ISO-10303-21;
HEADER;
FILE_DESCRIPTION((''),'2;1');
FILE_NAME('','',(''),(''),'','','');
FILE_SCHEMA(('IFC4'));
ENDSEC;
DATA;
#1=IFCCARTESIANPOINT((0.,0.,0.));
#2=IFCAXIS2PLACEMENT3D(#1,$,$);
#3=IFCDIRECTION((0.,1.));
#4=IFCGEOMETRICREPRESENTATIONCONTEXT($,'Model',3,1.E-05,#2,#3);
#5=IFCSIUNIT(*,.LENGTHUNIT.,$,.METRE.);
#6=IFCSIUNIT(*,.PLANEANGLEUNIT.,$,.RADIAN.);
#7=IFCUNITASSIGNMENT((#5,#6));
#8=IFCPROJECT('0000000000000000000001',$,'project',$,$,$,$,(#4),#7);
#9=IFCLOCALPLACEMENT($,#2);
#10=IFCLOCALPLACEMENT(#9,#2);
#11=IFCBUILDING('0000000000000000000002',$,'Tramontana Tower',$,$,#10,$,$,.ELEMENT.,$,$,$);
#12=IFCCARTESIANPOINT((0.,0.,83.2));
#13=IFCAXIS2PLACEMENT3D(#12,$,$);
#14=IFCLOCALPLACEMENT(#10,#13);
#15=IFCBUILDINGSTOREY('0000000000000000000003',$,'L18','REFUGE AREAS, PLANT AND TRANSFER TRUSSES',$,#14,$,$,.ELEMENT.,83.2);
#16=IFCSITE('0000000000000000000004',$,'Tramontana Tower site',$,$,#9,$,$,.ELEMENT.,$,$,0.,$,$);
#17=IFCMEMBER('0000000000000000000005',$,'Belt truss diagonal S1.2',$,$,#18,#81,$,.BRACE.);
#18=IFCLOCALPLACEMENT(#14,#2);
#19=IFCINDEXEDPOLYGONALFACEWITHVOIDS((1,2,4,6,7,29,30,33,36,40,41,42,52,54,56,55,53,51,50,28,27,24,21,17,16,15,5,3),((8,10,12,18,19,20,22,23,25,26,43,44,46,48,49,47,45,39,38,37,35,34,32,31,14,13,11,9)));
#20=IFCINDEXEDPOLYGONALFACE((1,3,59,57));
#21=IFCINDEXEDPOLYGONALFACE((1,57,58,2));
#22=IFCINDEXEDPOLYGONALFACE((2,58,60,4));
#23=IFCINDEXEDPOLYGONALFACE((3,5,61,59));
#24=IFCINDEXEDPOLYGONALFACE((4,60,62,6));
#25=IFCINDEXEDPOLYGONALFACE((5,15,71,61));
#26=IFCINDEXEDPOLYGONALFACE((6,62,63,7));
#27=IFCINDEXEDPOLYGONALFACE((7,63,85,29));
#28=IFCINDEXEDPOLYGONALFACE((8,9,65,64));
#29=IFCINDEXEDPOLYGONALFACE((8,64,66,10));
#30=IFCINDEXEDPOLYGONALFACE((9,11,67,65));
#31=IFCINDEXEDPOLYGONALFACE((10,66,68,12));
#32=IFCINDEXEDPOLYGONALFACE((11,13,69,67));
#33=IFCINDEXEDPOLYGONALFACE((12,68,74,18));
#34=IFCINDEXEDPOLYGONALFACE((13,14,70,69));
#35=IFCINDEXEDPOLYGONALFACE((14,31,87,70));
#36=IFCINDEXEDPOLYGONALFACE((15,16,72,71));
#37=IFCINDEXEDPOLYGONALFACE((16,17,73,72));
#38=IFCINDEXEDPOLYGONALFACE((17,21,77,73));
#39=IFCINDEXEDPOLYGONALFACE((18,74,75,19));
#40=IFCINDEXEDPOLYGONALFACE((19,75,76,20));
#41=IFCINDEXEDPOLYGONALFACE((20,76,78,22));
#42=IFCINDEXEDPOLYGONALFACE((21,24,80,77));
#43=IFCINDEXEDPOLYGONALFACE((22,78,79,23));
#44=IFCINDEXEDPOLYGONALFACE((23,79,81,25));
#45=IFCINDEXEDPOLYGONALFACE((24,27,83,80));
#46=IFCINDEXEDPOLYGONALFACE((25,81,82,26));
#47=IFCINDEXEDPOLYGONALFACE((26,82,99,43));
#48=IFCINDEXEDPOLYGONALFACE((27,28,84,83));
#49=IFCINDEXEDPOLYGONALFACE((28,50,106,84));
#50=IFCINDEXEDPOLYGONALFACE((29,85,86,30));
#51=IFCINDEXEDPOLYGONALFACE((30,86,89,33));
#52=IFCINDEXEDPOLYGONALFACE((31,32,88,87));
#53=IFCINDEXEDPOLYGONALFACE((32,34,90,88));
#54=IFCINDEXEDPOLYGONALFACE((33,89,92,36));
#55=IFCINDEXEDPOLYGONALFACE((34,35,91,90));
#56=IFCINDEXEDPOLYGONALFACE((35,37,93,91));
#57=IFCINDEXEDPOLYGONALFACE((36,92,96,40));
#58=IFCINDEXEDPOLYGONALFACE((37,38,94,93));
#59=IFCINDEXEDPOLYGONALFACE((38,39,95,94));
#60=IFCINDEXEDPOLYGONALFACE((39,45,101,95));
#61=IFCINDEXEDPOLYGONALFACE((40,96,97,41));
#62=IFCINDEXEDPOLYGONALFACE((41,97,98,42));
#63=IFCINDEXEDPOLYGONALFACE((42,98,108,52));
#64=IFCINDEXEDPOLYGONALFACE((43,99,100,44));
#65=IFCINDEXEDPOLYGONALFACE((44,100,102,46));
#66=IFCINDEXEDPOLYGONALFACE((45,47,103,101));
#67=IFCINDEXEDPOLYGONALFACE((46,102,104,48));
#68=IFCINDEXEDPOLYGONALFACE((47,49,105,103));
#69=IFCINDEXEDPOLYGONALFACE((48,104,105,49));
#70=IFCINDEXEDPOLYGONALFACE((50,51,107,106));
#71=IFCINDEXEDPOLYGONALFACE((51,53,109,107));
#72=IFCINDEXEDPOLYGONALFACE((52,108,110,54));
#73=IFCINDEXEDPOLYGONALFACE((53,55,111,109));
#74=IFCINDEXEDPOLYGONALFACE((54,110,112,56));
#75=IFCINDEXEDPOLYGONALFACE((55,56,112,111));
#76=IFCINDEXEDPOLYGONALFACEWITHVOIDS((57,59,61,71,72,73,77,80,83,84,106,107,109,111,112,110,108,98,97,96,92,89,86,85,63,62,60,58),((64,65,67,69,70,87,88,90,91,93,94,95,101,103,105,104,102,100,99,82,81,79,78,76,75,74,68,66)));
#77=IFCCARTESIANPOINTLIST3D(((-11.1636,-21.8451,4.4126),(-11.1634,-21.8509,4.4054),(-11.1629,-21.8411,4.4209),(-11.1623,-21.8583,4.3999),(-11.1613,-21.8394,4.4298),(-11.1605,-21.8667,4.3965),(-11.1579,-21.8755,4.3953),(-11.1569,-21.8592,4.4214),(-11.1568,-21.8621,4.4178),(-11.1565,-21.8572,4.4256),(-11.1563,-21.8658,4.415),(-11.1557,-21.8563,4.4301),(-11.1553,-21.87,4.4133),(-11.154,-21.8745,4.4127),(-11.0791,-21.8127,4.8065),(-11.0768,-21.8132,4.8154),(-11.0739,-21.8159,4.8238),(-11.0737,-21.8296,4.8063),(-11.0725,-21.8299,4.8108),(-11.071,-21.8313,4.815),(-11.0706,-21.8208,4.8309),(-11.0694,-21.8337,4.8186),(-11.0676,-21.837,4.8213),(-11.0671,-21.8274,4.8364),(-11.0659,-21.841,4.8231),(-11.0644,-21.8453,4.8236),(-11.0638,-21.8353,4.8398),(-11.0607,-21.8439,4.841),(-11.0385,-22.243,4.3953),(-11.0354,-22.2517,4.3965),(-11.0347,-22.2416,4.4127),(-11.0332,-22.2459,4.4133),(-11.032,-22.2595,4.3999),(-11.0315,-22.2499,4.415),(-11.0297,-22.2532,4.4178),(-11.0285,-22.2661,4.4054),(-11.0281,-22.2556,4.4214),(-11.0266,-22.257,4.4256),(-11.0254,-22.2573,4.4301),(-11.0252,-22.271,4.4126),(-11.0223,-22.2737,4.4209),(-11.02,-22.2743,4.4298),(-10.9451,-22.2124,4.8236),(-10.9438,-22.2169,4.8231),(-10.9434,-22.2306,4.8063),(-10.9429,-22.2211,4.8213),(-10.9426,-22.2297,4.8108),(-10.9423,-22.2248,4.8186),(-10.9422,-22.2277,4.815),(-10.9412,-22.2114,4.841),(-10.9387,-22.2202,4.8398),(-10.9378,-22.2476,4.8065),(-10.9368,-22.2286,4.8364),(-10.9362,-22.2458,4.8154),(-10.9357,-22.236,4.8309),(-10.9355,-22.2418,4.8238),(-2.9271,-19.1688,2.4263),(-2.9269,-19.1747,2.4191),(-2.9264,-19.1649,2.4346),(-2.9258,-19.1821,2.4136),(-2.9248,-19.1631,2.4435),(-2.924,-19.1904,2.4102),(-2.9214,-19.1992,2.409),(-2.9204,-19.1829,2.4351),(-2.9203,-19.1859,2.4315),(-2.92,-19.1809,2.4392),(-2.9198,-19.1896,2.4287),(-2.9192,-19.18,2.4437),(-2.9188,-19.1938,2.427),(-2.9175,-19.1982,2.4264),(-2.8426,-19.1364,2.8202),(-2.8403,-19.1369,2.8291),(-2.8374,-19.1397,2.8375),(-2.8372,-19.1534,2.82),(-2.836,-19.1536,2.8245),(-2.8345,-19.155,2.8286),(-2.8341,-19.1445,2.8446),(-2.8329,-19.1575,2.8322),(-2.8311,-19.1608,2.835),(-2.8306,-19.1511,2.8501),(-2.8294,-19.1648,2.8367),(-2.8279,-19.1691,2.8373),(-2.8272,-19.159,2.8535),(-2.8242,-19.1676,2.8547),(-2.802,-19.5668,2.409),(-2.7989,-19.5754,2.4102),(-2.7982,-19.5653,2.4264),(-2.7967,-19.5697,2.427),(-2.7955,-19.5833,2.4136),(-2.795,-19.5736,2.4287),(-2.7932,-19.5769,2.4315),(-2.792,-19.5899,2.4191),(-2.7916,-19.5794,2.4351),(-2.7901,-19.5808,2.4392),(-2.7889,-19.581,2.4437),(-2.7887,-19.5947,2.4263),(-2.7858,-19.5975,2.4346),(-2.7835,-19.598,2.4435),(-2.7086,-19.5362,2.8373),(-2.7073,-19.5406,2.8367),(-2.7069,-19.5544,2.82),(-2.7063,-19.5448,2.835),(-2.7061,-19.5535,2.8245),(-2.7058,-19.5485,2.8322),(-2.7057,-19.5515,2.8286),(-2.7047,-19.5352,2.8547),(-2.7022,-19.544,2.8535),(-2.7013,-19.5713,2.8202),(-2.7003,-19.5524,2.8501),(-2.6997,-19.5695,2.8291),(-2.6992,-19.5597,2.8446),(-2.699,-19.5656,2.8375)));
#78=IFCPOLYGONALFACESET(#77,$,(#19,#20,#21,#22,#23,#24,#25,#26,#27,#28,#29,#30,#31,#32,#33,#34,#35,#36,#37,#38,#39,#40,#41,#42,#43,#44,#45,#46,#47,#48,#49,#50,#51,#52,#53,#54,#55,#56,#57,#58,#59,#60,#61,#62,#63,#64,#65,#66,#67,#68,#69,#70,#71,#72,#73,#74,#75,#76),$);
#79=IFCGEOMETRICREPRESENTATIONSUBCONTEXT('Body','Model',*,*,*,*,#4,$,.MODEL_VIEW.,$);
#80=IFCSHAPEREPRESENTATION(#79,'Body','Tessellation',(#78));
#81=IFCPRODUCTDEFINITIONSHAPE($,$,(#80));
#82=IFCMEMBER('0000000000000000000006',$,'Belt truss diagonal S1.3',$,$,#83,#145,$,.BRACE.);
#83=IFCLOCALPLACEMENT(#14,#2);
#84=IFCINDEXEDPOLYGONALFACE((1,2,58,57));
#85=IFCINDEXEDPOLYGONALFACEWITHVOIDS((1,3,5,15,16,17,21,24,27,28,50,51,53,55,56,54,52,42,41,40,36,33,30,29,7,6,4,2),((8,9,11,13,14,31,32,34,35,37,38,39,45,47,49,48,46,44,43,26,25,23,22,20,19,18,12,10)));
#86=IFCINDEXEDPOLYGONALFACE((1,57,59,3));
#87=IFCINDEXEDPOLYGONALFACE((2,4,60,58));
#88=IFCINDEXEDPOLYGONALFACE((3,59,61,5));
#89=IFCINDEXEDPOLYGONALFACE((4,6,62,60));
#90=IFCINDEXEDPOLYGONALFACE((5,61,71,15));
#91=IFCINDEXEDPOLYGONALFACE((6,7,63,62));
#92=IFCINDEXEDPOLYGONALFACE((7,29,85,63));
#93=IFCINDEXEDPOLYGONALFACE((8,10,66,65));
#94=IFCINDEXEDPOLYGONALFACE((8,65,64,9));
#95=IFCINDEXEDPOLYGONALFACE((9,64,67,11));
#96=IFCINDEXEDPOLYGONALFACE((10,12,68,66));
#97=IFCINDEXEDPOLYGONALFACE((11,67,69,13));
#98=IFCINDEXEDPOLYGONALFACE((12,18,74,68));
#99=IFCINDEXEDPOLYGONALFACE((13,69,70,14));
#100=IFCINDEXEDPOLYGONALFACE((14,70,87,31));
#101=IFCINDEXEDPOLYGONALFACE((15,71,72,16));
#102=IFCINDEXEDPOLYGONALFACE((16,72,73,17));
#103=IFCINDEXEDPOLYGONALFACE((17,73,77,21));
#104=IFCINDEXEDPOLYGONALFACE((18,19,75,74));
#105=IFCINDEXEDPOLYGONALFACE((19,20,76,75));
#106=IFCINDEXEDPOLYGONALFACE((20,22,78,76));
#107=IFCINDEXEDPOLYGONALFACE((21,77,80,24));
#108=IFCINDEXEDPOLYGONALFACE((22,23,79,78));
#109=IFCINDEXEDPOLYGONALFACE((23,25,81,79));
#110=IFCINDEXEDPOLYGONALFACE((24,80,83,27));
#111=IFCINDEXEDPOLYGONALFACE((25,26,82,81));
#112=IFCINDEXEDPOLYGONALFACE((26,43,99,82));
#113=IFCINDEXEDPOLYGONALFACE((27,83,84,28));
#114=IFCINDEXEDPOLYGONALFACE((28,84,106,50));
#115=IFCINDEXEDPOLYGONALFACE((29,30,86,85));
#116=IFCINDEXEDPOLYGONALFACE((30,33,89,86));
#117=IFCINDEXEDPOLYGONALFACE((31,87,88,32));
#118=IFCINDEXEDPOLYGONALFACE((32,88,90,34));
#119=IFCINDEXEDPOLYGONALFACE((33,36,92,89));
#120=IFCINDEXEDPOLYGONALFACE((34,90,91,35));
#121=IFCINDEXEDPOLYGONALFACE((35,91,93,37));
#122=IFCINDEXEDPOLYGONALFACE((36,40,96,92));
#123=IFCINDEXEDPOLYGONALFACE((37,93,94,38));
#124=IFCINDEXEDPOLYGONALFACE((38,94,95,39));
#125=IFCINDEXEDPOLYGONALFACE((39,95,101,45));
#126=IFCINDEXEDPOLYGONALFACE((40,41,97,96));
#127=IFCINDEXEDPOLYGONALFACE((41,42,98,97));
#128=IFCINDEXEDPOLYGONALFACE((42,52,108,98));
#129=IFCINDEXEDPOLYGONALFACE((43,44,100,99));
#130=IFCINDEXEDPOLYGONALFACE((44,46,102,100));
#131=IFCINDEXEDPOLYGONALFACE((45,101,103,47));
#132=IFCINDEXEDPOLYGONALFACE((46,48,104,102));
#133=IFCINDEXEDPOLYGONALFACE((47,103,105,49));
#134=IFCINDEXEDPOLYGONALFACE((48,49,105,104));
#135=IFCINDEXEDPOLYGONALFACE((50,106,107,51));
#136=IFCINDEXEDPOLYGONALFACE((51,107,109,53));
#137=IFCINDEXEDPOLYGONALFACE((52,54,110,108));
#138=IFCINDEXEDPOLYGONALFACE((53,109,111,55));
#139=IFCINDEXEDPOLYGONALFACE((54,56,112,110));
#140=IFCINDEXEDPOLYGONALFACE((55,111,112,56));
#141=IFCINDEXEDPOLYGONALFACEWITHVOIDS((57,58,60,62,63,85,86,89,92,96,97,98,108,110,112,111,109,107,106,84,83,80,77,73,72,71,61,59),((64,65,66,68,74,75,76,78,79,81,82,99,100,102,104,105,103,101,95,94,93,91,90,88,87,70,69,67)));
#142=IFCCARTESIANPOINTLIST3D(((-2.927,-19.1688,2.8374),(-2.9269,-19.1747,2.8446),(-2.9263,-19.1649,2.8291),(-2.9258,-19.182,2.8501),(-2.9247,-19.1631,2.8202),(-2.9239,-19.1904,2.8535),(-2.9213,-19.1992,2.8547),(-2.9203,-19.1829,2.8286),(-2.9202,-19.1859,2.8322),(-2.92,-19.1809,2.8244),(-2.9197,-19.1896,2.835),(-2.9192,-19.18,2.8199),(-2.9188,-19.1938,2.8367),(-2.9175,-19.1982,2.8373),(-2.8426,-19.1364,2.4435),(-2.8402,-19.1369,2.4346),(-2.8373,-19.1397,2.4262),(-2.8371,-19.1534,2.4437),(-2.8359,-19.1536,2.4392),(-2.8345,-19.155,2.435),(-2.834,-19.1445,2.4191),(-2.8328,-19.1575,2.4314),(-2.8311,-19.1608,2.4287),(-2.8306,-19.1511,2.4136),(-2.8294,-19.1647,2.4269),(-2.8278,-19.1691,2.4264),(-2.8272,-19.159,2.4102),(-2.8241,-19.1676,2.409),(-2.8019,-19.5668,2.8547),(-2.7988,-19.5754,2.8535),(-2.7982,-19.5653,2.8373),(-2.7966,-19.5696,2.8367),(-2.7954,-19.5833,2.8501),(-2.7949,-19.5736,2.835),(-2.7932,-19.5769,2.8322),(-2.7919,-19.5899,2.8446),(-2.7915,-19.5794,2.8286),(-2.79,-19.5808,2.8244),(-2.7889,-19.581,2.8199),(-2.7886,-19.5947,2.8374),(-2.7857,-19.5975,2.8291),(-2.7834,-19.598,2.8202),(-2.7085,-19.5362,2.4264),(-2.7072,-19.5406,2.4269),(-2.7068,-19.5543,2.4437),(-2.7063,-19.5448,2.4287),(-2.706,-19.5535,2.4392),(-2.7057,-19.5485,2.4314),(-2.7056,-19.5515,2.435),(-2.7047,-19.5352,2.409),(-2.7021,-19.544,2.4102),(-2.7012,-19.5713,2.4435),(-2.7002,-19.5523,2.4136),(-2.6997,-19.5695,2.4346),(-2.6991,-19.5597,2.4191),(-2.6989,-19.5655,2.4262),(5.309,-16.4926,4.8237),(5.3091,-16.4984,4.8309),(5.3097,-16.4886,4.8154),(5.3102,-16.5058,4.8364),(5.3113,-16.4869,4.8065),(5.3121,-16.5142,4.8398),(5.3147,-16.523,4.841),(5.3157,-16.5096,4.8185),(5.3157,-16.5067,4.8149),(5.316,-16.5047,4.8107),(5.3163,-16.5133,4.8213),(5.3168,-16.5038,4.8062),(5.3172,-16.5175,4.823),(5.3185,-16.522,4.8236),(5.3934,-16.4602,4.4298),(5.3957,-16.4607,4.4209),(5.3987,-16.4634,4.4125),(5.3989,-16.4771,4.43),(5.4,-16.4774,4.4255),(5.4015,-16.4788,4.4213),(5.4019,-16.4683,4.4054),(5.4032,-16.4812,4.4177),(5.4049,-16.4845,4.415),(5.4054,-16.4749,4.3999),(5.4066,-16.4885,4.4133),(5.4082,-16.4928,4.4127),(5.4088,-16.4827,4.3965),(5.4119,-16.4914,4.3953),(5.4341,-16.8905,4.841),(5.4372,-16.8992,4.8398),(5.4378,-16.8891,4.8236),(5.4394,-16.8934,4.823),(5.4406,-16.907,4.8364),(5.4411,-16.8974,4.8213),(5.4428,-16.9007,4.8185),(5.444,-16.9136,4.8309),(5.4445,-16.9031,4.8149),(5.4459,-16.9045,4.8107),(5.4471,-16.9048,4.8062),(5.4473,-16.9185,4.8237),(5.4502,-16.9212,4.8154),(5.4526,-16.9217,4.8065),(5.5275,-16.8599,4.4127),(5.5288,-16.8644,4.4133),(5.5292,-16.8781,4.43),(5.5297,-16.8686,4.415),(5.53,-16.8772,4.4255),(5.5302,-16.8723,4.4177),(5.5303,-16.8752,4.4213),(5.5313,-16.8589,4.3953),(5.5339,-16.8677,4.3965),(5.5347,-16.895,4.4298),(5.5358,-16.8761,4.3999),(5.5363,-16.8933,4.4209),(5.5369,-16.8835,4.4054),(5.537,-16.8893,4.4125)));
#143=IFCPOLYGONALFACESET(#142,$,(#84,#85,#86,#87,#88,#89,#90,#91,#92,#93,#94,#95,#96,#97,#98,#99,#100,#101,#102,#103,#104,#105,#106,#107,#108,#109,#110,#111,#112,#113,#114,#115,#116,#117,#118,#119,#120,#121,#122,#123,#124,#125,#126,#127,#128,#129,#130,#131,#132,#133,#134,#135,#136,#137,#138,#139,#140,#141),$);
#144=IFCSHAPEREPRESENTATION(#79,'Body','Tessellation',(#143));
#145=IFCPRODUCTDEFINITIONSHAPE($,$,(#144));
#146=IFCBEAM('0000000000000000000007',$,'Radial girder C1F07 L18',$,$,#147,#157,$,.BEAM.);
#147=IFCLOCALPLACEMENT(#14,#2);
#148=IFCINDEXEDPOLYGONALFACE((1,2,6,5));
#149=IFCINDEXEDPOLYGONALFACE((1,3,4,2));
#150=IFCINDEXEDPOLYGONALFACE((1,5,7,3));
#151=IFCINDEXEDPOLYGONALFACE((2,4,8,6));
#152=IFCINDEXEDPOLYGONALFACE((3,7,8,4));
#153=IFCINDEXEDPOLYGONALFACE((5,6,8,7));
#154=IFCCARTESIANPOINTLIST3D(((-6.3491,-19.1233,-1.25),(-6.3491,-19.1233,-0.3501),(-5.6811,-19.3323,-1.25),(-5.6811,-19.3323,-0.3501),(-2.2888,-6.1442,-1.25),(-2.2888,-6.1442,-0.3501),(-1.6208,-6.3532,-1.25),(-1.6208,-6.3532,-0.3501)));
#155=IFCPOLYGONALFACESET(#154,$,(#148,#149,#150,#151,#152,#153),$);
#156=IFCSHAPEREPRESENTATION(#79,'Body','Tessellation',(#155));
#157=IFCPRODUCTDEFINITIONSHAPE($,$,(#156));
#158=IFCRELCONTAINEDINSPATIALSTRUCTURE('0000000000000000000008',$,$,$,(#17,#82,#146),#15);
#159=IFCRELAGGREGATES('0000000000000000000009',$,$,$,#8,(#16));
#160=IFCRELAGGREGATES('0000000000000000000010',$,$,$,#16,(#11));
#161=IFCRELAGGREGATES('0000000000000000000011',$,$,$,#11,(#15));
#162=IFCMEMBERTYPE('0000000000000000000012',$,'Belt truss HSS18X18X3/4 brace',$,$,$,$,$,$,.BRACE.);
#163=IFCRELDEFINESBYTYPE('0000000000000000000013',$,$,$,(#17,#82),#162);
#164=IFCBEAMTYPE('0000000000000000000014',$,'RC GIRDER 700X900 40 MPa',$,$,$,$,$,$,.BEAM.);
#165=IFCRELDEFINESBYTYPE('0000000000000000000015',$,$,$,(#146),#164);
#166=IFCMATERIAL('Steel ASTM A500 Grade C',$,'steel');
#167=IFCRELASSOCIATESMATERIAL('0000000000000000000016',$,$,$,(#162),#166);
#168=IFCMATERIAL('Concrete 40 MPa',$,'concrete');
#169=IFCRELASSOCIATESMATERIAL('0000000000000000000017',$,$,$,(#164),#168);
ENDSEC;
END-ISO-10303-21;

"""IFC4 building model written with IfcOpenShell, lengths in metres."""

from ifc_helpers import new_model, si_unit, direction, frame, origin, origin_2d, place, context, subcontext, project, spatial, rectangle, hollow_rectangle, extrude, material, material_profile, profile_set, type_object, element, save


model = new_model("IFC4")

# Units and contexts
model_context = context("Model", 3, precision=1e-05, world=origin(), true_north=direction((0.0, 1.0)))
body_context = subcontext(model_context, "Body", "Model", "MODEL_VIEW")
ifc_project = project(units=[si_unit("LENGTHUNIT", "METRE"), si_unit("PLANEANGLEUNIT", "RADIAN")], contexts=[model_context])

# Site, building, storey
site_placement = place(None, origin())
site = spatial("IfcSite", under=ifc_project, at=site_placement, Name="Tramontana Tower site", CompositionType="ELEMENT", RefElevation=0.0)
building_placement = place(site_placement, origin())
building = spatial("IfcBuilding", under=site, at=building_placement, Name="Tramontana Tower", CompositionType="ELEMENT")
storey_placement = place(building_placement, frame((0.0, 0.0, 83.2)))
storey = spatial("IfcBuildingStorey", under=building, at=storey_placement, Name="L18", Description="REFUGE AREAS, PLANT AND TRANSFER TRUSSES", CompositionType="ELEMENT", Elevation=83.2)

# Members
ifc_material_1 = material(Name="Steel ASTM A500 Grade C", Category="steel")
ifc_material_profile_1 = material_profile(ifc_material_1, hollow_rectangle(XDim=0.4573, YDim=0.4573, WallThickness=0.0178, InnerFilletRadius=0.0178, OuterFilletRadius=0.0354, at=origin_2d()), Name="HSS18X18X3/4")
ifc_profile_set_1 = profile_set([ifc_material_profile_1], Name="Steel ASTM A500 Grade C")
member_type_1 = type_object("IfcMemberType", Name="Belt truss HSS18X18X3/4 brace", PredefinedType="BRACE", material=ifc_profile_set_1)
member_1_placement = place(storey_placement, frame((-11.0496, -22.0435, 4.6182), z_axis=(0.926986, 0.301201, -0.223551), x_axis=(-0.309022, 0.951055, 0.0)))
element("IfcMember", 1, at=member_1_placement, inside=storey, type_object=member_type_1, Name="Belt truss diagonal S1.2", PredefinedType="BRACE", context=body_context, shape_type="SweptSolid", body=[
    extrude(hollow_rectangle(XDim=0.4573, YDim=0.4573, WallThickness=0.0178, InnerFilletRadius=0.0178, OuterFilletRadius=0.0354, at=origin_2d()), origin(), (0.0, 0.0, 1.0), 8.8853),
])
member_2_placement = place(storey_placement, frame((-2.813, -19.3672, 2.6318), z_axis=(0.926978, 0.301216, 0.223563), x_axis=(-0.309038, 0.95105, 0.0)))
element("IfcMember", 2, at=member_2_placement, inside=storey, type_object=member_type_1, Name="Belt truss diagonal S1.3", PredefinedType="BRACE", context=body_context, shape_type="SweptSolid", body=[
    extrude(hollow_rectangle(XDim=0.4573, YDim=0.4573, WallThickness=0.0178, InnerFilletRadius=0.0178, OuterFilletRadius=0.0354, at=origin_2d()), origin(), (0.0, 0.0, 1.0), 8.8848),
])

# Beam
ifc_material_2 = material(Name="Concrete 40 MPa", Category="concrete")
ifc_material_profile_2 = material_profile(ifc_material_2, rectangle(XDim=0.7, YDim=0.8999, at=origin_2d()), Name="RC GIRDER 700X900 40 MPa")
ifc_profile_set_2 = profile_set([ifc_material_profile_2], Name="Concrete 40 MPa")
beam_type = type_object("IfcBeamType", Name="RC GIRDER 700X900 40 MPa", PredefinedType="BEAM", material=ifc_profile_set_2)
beam_placement = place(storey_placement, frame((-6.0151, -19.2278, -0.8), z_axis=(0.298567, 0.954389, 0.0), x_axis=(-0.954389, 0.298567, 0.0)))
element("IfcBeam", 3, at=beam_placement, inside=storey, type_object=beam_type, Name="Radial girder C1F07 L18", PredefinedType="BEAM", context=body_context, shape_type="SweptSolid", body=[
    extrude(rectangle(XDim=0.7, YDim=0.8999, at=origin_2d()), origin(), (0.0, 0.0, 1.0), 13.5994),
])

save(model, "model.ifc")
